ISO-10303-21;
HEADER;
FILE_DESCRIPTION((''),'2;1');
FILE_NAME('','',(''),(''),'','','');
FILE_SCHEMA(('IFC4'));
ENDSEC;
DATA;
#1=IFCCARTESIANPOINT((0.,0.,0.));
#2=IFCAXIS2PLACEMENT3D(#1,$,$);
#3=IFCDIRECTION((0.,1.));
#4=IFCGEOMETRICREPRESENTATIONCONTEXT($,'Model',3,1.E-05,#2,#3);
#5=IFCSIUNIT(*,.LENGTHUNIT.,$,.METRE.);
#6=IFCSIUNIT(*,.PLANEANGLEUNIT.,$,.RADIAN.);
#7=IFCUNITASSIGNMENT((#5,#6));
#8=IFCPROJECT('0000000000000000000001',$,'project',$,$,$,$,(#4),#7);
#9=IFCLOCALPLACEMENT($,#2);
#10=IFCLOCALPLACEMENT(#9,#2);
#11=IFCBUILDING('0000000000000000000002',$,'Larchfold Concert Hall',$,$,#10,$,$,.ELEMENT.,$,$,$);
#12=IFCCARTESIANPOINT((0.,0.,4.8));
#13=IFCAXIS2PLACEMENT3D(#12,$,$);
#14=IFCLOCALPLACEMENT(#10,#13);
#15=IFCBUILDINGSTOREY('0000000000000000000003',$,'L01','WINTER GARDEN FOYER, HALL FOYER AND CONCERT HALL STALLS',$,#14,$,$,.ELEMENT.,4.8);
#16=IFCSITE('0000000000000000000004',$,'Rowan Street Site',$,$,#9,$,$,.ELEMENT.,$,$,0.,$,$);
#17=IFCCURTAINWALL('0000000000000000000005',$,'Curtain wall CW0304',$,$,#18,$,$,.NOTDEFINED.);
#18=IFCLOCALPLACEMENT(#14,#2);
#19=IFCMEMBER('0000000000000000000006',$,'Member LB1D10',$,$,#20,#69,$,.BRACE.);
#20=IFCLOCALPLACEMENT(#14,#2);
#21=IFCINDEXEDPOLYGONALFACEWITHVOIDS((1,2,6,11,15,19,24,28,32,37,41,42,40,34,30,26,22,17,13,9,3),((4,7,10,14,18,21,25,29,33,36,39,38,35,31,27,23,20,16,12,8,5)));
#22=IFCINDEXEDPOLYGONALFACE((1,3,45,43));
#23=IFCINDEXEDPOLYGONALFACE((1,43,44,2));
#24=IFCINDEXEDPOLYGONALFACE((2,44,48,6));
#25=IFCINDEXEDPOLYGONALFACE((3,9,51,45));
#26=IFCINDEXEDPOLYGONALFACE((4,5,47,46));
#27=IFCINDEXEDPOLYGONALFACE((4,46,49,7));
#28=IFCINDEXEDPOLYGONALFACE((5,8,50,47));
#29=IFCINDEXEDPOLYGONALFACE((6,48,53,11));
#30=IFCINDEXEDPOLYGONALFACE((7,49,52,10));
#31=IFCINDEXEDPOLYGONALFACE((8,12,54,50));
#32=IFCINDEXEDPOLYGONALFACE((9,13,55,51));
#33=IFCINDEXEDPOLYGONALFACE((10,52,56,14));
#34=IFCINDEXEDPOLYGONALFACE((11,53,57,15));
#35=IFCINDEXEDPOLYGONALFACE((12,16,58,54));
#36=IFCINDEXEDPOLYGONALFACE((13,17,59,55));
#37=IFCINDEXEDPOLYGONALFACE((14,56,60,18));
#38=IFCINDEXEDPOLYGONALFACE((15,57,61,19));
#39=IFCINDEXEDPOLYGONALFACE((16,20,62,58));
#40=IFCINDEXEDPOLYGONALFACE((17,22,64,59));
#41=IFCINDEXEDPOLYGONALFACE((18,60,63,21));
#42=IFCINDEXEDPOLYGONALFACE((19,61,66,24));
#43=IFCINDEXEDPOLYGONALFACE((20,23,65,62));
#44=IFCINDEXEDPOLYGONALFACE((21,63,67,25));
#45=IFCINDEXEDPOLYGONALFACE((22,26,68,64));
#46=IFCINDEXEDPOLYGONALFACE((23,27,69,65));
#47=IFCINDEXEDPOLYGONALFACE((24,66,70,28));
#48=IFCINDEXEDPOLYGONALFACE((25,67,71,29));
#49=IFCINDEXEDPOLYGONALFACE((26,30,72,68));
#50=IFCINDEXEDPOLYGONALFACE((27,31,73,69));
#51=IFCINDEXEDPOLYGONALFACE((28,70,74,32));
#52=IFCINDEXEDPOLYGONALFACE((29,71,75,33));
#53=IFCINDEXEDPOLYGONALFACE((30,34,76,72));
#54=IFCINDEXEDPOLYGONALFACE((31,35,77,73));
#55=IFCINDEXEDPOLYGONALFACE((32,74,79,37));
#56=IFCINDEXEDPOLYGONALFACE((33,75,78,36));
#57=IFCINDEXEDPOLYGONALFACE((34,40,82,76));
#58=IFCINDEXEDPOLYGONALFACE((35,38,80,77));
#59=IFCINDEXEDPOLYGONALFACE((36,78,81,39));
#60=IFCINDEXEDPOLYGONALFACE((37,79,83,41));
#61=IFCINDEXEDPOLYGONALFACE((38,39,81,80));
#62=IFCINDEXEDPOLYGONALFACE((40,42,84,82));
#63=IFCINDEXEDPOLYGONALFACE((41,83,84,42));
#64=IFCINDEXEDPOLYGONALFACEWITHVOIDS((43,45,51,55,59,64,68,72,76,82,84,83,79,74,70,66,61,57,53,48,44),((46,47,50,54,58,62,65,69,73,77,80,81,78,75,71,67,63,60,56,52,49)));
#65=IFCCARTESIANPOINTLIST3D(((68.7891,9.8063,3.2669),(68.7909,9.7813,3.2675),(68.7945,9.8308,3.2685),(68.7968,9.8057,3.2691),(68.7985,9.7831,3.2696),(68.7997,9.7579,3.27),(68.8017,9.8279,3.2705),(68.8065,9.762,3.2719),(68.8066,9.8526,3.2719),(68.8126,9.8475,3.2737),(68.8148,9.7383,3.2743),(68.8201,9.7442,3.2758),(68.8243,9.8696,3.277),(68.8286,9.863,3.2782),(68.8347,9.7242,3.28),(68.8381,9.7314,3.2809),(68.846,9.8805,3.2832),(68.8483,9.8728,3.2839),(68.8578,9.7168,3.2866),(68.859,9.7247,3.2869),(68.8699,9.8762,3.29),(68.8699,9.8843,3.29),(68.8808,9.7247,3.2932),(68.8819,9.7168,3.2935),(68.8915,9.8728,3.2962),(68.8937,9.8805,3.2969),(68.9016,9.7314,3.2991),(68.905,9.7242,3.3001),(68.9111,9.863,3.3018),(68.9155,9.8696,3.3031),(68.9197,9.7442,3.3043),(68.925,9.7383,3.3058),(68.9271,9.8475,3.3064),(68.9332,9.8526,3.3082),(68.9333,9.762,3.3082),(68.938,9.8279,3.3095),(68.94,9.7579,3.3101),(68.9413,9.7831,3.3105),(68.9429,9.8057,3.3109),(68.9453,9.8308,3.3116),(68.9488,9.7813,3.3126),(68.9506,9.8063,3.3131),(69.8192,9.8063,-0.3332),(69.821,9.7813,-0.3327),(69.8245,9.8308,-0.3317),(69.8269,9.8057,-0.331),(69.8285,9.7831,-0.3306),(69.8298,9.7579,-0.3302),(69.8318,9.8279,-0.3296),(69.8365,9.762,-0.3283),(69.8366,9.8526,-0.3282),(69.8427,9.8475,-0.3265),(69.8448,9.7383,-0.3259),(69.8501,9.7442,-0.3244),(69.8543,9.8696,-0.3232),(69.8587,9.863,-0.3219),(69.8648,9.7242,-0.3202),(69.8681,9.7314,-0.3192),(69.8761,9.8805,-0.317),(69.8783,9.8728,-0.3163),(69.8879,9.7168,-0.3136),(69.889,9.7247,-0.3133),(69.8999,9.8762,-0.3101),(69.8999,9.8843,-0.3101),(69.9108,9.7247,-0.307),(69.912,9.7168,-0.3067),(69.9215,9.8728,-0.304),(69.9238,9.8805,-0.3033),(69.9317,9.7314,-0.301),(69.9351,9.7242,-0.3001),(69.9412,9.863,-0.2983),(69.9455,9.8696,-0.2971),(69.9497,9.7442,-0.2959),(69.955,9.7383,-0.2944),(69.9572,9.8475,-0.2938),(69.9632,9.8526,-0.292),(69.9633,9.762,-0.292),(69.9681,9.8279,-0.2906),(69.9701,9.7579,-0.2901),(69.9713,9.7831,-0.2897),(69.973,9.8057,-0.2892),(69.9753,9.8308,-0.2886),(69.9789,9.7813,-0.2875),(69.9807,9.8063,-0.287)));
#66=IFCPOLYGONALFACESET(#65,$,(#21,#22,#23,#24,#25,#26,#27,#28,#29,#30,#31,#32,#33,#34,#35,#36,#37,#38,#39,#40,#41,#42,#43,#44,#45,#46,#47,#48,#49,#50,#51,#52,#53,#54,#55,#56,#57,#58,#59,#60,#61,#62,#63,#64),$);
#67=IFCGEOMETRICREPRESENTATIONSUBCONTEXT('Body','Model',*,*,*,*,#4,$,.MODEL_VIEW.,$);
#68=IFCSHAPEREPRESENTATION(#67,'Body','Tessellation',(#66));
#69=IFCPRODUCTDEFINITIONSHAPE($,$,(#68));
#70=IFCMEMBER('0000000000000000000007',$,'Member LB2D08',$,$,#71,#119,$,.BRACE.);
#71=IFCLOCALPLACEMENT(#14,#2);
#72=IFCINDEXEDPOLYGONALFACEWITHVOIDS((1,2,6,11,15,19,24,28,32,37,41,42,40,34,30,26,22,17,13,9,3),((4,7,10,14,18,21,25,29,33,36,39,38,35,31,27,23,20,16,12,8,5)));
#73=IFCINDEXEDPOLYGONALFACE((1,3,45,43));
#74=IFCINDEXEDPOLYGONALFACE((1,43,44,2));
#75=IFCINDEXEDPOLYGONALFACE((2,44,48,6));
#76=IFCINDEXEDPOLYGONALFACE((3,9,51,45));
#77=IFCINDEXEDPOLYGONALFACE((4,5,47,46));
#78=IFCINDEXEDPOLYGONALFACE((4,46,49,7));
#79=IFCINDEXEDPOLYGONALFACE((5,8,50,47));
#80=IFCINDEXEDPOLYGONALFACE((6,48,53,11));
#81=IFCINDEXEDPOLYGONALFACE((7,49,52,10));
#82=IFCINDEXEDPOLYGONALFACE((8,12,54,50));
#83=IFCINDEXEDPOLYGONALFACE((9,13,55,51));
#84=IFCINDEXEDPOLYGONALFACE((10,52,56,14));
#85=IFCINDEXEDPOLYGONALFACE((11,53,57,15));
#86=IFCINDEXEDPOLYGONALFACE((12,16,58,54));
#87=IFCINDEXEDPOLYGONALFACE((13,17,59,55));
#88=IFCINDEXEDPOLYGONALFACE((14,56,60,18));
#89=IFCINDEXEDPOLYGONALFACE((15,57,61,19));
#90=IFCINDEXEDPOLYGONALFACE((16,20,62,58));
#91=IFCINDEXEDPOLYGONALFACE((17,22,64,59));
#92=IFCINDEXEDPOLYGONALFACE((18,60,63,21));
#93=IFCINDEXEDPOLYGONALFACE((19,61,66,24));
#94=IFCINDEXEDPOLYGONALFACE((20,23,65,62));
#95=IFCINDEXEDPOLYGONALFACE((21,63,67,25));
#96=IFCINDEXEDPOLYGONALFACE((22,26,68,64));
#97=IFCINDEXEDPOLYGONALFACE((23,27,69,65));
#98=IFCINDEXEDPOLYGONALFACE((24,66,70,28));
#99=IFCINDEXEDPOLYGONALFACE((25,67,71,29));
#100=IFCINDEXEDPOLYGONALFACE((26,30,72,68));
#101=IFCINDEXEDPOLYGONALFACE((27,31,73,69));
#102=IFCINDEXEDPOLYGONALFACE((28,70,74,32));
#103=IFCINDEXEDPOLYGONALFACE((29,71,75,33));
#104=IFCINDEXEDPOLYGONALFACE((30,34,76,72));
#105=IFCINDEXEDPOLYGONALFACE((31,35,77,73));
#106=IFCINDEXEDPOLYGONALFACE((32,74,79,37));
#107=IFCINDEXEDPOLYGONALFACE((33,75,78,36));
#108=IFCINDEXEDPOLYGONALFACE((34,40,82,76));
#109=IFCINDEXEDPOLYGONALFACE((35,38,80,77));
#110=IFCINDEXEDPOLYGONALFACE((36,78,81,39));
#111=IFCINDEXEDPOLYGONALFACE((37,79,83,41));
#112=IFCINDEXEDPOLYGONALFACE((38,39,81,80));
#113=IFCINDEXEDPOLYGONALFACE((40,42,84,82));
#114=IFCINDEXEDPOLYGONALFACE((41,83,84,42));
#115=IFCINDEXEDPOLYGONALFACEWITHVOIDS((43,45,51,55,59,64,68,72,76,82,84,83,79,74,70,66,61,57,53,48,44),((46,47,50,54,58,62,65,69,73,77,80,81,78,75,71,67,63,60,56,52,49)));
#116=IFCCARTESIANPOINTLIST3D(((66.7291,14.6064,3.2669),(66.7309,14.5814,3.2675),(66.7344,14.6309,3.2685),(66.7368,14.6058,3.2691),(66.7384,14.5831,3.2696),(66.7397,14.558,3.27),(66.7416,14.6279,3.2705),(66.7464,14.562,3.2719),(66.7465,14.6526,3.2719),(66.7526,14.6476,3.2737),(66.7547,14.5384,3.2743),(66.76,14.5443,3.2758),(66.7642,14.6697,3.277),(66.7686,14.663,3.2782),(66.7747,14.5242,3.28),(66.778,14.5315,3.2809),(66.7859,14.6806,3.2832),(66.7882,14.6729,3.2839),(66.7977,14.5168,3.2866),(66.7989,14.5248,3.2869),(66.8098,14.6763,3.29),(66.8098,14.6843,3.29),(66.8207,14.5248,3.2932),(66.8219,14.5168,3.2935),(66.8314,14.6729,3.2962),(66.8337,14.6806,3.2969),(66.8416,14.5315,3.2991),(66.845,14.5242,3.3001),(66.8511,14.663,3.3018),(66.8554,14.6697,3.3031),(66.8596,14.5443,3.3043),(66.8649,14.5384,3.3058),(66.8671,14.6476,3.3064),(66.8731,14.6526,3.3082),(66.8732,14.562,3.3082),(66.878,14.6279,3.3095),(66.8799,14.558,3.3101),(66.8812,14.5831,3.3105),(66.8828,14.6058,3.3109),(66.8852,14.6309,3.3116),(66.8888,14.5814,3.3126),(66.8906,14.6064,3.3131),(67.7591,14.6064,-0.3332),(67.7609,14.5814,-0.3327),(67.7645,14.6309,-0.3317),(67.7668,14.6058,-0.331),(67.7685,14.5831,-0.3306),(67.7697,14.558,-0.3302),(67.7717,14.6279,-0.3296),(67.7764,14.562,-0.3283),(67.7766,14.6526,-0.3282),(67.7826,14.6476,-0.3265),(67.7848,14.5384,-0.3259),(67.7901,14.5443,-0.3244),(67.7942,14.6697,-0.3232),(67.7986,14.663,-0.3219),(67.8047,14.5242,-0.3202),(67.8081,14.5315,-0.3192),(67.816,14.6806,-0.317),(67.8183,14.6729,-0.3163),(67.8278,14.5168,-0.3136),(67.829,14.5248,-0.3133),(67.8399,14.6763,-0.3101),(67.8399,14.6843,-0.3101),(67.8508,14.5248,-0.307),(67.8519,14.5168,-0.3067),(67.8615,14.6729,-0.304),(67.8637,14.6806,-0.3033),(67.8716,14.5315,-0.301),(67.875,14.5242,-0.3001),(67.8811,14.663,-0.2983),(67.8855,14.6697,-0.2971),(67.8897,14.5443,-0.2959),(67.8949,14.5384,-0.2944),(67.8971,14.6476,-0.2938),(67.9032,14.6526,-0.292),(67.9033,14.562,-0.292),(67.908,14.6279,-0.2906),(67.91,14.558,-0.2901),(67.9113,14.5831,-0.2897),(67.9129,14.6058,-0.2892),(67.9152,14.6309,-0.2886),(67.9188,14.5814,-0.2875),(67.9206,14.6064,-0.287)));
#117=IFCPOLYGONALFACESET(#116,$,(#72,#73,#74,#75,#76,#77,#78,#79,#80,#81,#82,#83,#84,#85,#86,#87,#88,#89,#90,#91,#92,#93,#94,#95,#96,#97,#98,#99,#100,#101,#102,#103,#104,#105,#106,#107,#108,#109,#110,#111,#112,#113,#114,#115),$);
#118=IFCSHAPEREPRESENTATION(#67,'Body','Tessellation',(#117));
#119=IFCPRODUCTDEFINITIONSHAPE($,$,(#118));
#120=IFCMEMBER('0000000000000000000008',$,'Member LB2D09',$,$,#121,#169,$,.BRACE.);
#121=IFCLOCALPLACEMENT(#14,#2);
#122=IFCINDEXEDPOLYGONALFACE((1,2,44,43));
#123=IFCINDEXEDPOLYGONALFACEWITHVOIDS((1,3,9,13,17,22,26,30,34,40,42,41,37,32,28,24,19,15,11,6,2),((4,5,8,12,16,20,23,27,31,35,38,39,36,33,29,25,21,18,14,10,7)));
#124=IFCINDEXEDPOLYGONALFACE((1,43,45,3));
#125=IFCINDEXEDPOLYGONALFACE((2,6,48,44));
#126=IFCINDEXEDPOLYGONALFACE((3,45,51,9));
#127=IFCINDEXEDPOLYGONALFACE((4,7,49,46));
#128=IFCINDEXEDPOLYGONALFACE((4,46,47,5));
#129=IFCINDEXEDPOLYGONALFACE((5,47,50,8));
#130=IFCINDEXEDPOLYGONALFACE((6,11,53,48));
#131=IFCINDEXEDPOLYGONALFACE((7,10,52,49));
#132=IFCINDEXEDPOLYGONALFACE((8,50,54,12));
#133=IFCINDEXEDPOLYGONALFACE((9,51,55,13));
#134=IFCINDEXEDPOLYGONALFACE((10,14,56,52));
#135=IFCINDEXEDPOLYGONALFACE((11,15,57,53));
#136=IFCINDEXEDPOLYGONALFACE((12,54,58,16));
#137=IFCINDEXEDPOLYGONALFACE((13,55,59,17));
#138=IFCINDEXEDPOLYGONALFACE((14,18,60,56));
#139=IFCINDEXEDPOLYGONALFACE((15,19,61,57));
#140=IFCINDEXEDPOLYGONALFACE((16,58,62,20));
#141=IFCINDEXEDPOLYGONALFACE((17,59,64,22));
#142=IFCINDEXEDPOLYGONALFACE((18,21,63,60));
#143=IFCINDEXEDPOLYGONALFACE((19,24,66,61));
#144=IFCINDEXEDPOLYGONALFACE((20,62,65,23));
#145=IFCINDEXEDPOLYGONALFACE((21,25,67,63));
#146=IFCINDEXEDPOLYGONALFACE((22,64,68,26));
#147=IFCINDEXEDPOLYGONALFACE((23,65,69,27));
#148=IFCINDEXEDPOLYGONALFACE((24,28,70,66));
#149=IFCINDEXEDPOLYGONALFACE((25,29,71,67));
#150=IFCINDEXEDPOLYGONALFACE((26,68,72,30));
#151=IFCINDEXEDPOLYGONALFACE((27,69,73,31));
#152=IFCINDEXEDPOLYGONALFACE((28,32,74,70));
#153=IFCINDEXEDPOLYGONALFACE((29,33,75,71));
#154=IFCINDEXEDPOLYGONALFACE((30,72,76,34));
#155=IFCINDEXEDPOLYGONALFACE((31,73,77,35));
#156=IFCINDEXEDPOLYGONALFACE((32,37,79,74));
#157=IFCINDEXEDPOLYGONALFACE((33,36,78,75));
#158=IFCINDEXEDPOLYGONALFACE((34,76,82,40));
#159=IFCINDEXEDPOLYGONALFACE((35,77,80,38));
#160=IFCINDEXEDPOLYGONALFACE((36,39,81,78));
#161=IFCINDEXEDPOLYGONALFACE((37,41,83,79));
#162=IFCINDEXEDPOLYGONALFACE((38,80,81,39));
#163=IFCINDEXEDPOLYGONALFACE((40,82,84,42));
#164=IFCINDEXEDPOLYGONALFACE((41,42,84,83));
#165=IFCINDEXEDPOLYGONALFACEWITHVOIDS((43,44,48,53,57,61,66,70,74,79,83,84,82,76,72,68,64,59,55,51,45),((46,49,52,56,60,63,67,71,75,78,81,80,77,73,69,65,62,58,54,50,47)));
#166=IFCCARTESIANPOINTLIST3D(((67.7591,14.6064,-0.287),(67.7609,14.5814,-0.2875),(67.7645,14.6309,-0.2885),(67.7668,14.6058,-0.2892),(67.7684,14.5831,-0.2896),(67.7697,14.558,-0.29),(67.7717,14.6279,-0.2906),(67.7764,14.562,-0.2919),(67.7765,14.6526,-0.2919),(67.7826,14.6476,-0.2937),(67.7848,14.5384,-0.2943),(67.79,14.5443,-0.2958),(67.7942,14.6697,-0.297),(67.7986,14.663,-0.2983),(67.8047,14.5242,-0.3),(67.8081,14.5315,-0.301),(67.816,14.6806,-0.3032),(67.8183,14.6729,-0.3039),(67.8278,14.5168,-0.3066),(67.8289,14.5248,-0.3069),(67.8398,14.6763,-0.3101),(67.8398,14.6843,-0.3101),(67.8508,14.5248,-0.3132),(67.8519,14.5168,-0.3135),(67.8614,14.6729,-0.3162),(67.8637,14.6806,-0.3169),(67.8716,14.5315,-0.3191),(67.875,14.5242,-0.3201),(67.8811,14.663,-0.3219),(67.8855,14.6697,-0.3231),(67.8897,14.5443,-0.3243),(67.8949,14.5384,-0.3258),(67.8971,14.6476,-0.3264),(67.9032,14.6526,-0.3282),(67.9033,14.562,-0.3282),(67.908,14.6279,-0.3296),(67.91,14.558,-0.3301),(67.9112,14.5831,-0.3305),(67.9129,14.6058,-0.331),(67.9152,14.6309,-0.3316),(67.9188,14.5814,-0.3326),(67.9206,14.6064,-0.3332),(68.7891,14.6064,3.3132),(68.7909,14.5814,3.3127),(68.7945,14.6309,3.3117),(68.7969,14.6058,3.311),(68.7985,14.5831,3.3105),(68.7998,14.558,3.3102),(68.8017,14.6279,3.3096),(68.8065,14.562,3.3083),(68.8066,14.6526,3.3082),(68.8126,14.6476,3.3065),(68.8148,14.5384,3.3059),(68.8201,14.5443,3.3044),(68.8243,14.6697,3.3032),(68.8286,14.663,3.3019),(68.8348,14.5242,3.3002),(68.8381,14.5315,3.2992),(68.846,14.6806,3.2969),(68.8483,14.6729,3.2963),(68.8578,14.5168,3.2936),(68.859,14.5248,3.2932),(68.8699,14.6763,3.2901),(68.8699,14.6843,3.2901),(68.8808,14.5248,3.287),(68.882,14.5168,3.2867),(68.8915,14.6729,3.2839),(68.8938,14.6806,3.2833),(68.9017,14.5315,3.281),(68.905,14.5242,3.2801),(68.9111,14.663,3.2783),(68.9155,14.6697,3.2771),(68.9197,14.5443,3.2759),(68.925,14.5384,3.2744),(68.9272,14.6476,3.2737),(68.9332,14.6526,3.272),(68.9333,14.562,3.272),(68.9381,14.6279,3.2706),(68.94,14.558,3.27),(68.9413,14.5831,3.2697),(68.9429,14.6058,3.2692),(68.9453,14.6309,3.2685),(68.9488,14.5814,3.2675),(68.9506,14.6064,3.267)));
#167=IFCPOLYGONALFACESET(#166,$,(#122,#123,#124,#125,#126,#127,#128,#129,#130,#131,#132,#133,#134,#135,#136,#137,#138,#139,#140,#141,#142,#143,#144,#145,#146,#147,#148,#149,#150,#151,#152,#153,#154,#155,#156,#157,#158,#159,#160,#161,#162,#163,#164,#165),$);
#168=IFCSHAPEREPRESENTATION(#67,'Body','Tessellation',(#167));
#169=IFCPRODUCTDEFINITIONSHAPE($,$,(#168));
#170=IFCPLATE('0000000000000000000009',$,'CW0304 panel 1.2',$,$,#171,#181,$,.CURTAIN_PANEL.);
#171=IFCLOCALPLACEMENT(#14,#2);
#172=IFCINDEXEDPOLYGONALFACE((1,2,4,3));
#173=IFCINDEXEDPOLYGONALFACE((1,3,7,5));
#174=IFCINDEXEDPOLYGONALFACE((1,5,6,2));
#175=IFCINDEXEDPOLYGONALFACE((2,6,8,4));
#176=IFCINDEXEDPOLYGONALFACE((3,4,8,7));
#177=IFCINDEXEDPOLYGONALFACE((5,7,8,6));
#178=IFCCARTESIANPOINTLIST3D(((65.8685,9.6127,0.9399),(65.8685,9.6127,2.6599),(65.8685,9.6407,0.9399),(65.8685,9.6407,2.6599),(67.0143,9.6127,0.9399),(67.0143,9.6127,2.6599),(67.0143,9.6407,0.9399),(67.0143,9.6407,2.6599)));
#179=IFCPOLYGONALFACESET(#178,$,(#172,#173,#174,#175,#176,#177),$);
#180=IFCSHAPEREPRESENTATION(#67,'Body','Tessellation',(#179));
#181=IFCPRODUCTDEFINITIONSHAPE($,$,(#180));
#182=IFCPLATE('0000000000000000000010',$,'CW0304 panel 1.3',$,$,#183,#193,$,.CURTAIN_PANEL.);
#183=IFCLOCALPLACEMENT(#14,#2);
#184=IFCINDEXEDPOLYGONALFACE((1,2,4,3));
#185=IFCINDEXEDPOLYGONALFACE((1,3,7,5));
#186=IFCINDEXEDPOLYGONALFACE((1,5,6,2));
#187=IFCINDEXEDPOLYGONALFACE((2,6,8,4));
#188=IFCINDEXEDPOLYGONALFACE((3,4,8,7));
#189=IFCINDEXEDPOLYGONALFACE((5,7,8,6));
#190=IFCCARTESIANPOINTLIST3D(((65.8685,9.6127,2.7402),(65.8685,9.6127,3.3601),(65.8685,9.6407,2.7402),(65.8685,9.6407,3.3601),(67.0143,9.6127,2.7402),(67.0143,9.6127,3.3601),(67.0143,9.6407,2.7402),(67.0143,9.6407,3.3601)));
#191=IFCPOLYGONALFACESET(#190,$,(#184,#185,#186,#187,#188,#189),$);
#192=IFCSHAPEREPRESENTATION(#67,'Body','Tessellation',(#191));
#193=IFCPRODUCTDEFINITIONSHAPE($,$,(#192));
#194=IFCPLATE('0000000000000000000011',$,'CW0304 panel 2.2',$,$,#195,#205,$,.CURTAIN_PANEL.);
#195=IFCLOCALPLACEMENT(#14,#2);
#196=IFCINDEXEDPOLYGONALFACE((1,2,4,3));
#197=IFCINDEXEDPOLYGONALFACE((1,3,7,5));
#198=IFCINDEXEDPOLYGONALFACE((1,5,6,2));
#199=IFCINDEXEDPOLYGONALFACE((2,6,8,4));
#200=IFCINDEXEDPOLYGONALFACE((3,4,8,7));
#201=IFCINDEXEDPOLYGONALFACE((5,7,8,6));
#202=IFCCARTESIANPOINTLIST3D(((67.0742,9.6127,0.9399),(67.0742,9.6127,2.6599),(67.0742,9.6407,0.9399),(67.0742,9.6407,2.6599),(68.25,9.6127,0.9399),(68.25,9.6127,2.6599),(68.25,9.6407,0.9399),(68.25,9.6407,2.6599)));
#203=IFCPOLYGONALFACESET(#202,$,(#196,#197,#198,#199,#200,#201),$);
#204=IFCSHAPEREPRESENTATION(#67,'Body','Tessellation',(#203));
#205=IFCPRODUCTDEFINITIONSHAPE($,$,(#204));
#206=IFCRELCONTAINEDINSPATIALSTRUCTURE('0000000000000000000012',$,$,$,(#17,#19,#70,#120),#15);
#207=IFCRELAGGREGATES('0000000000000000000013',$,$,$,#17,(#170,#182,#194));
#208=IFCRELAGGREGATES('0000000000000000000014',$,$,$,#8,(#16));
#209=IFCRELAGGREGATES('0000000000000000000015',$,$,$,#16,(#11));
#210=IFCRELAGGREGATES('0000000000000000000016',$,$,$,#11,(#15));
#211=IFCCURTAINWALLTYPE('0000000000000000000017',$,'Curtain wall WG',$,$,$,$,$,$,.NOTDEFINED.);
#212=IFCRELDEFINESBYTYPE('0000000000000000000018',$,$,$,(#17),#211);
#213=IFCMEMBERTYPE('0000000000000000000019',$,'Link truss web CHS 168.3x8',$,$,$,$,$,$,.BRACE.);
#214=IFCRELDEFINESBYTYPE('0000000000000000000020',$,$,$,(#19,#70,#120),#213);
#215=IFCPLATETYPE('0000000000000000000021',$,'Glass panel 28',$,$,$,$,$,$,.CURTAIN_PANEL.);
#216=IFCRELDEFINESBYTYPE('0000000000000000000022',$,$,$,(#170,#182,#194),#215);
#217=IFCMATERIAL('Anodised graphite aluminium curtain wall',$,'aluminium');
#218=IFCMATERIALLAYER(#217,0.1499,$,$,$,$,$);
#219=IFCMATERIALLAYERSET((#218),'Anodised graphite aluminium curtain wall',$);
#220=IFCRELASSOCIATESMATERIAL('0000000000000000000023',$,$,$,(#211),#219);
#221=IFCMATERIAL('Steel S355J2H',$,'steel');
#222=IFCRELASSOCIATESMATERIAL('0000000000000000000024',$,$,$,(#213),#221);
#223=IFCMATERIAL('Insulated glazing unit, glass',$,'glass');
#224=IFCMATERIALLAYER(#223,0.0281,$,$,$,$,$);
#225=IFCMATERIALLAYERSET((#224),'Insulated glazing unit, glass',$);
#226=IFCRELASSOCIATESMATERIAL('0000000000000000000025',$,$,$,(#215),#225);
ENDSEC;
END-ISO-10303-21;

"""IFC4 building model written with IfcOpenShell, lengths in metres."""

from ifc_helpers import new_model, si_unit, direction, frame, origin, origin_2d, place, context, subcontext, project, spatial, rectangle, hollow_circle, extrude, material, layer, layer_set, material_profile, profile_set, type_object, element, aggregate, save


model = new_model("IFC4")

# Units and contexts
model_context = context("Model", 3, precision=1e-05, world=origin(), true_north=direction((0.0, 1.0)))
body_context = subcontext(model_context, "Body", "Model", "MODEL_VIEW")
ifc_project = project(units=[si_unit("LENGTHUNIT", "METRE"), si_unit("PLANEANGLEUNIT", "RADIAN")], contexts=[model_context])

# Site, building, storey
site_placement = place(None, origin())
site = spatial("IfcSite", under=ifc_project, at=site_placement, Name="Rowan Street Site", CompositionType="ELEMENT", RefElevation=0.0)
building_placement = place(site_placement, origin())
building = spatial("IfcBuilding", under=site, at=building_placement, Name="Larchfold Concert Hall", CompositionType="ELEMENT")
storey_placement = place(building_placement, frame((0.0, 0.0, 4.8)))
storey = spatial("IfcBuildingStorey", under=building, at=storey_placement, Name="L01", Description="WINTER GARDEN FOYER, HALL FOYER AND CONCERT HALL STALLS", CompositionType="ELEMENT", Elevation=4.8)

# Curtain wall
ifc_material_1 = material(Name="Anodised graphite aluminium curtain wall", Category="aluminium")
ifc_layer_1 = layer(ifc_material_1, 0.1499)
ifc_layer_set_1 = layer_set([ifc_layer_1], Name="Anodised graphite aluminium curtain wall")
curtain_wall_type = type_object("IfcCurtainWallType", Name="Curtain wall WG", PredefinedType="NOTDEFINED", material=ifc_layer_set_1)
curtain_wall_placement = place(storey_placement, origin())
curtain_wall = element("IfcCurtainWall", 1, at=curtain_wall_placement, inside=storey, type_object=curtain_wall_type, Name="Curtain wall CW0304", PredefinedType="NOTDEFINED")

# Members
ifc_material_2 = material(Name="Steel S355J2H", Category="steel")
ifc_material_profile_1 = material_profile(ifc_material_2, hollow_circle(Radius=0.0842, WallThickness=0.0081, at=origin_2d()))
ifc_profile_set_1 = profile_set([ifc_material_profile_1], Name="Steel S355J2H")
member_type_1 = type_object("IfcMemberType", Name="Link truss web CHS 168.3x8", PredefinedType="BRACE", material=ifc_profile_set_1)
for number, where, z_axis, x_axis, name in (
    (2, (68.8699, 9.8, 3.29), (0.275074, 0.0, -0.961423), (0.0, 1.0, 0.0), "Member LB1D10"),
    (3, (66.8098, 14.6001, 3.29), (0.275074, 0.0, -0.961423), (0.0, 1.0, 0.0), "Member LB2D08"),
    (4, (67.8398, 14.6001, -0.3101), (0.275074, 0.0, 0.961423), (0.0, 1.0, 0.0), "Member LB2D09"),
):
    element("IfcMember", number, at=place(storey_placement, frame(where, z_axis=z_axis, x_axis=x_axis)), inside=storey, type_object=member_type_1, Name=name, PredefinedType="BRACE", context=body_context, shape_type="SweptSolid", body=[
        extrude(hollow_circle(Radius=0.0842, WallThickness=0.0081, at=origin_2d()), origin(), (0.0, 0.0, 1.0), 3.7446),
    ])

# Plates
ifc_material_3 = material(Name="Insulated glazing unit, glass", Category="glass")
ifc_layer_2 = layer(ifc_material_3, 0.0281)
ifc_layer_set_2 = layer_set([ifc_layer_2], Name="Insulated glazing unit, glass")
plate_type_1 = type_object("IfcPlateType", Name="Glass panel 28", PredefinedType="CURTAIN_PANEL", material=ifc_layer_set_2)
plate_1_placement = place(storey_placement, frame((66.4414, 9.6267, 0.9399), z_axis=(0.0, 0.0, 1.0), x_axis=(1.0, 0.0, 0.0)))
plate_1 = element("IfcPlate", 5, at=plate_1_placement, type_object=plate_type_1, Name="CW0304 panel 1.2", PredefinedType="CURTAIN_PANEL", context=body_context, shape_type="SweptSolid", body=[
    extrude(rectangle(XDim=1.1458, YDim=0.0281, at=origin_2d()), origin(), (0.0, 0.0, 1.0), 1.72),
])
plate_2_placement = place(storey_placement, frame((66.4414, 9.6267, 2.7402), z_axis=(0.0, 0.0, 1.0), x_axis=(1.0, 0.0, 0.0)))
plate_2 = element("IfcPlate", 6, at=plate_2_placement, type_object=plate_type_1, Name="CW0304 panel 1.3", PredefinedType="CURTAIN_PANEL", context=body_context, shape_type="SweptSolid", body=[
    extrude(rectangle(XDim=1.1458, YDim=0.0281, at=origin_2d()), origin(), (0.0, 0.0, 1.0), 0.6199),
])
plate_3_placement = place(storey_placement, frame((67.6621, 9.6267, 0.9399), z_axis=(0.0, 0.0, 1.0), x_axis=(1.0, 0.0, 0.0)))
plate_3 = element("IfcPlate", 7, at=plate_3_placement, type_object=plate_type_1, Name="CW0304 panel 2.2", PredefinedType="CURTAIN_PANEL", context=body_context, shape_type="SweptSolid", body=[
    extrude(rectangle(XDim=1.1758, YDim=0.0281, at=origin_2d()), origin(), (0.0, 0.0, 1.0), 1.72),
])
aggregate(curtain_wall, [plate_1, plate_2, plate_3])

save(model, "model.ifc")
